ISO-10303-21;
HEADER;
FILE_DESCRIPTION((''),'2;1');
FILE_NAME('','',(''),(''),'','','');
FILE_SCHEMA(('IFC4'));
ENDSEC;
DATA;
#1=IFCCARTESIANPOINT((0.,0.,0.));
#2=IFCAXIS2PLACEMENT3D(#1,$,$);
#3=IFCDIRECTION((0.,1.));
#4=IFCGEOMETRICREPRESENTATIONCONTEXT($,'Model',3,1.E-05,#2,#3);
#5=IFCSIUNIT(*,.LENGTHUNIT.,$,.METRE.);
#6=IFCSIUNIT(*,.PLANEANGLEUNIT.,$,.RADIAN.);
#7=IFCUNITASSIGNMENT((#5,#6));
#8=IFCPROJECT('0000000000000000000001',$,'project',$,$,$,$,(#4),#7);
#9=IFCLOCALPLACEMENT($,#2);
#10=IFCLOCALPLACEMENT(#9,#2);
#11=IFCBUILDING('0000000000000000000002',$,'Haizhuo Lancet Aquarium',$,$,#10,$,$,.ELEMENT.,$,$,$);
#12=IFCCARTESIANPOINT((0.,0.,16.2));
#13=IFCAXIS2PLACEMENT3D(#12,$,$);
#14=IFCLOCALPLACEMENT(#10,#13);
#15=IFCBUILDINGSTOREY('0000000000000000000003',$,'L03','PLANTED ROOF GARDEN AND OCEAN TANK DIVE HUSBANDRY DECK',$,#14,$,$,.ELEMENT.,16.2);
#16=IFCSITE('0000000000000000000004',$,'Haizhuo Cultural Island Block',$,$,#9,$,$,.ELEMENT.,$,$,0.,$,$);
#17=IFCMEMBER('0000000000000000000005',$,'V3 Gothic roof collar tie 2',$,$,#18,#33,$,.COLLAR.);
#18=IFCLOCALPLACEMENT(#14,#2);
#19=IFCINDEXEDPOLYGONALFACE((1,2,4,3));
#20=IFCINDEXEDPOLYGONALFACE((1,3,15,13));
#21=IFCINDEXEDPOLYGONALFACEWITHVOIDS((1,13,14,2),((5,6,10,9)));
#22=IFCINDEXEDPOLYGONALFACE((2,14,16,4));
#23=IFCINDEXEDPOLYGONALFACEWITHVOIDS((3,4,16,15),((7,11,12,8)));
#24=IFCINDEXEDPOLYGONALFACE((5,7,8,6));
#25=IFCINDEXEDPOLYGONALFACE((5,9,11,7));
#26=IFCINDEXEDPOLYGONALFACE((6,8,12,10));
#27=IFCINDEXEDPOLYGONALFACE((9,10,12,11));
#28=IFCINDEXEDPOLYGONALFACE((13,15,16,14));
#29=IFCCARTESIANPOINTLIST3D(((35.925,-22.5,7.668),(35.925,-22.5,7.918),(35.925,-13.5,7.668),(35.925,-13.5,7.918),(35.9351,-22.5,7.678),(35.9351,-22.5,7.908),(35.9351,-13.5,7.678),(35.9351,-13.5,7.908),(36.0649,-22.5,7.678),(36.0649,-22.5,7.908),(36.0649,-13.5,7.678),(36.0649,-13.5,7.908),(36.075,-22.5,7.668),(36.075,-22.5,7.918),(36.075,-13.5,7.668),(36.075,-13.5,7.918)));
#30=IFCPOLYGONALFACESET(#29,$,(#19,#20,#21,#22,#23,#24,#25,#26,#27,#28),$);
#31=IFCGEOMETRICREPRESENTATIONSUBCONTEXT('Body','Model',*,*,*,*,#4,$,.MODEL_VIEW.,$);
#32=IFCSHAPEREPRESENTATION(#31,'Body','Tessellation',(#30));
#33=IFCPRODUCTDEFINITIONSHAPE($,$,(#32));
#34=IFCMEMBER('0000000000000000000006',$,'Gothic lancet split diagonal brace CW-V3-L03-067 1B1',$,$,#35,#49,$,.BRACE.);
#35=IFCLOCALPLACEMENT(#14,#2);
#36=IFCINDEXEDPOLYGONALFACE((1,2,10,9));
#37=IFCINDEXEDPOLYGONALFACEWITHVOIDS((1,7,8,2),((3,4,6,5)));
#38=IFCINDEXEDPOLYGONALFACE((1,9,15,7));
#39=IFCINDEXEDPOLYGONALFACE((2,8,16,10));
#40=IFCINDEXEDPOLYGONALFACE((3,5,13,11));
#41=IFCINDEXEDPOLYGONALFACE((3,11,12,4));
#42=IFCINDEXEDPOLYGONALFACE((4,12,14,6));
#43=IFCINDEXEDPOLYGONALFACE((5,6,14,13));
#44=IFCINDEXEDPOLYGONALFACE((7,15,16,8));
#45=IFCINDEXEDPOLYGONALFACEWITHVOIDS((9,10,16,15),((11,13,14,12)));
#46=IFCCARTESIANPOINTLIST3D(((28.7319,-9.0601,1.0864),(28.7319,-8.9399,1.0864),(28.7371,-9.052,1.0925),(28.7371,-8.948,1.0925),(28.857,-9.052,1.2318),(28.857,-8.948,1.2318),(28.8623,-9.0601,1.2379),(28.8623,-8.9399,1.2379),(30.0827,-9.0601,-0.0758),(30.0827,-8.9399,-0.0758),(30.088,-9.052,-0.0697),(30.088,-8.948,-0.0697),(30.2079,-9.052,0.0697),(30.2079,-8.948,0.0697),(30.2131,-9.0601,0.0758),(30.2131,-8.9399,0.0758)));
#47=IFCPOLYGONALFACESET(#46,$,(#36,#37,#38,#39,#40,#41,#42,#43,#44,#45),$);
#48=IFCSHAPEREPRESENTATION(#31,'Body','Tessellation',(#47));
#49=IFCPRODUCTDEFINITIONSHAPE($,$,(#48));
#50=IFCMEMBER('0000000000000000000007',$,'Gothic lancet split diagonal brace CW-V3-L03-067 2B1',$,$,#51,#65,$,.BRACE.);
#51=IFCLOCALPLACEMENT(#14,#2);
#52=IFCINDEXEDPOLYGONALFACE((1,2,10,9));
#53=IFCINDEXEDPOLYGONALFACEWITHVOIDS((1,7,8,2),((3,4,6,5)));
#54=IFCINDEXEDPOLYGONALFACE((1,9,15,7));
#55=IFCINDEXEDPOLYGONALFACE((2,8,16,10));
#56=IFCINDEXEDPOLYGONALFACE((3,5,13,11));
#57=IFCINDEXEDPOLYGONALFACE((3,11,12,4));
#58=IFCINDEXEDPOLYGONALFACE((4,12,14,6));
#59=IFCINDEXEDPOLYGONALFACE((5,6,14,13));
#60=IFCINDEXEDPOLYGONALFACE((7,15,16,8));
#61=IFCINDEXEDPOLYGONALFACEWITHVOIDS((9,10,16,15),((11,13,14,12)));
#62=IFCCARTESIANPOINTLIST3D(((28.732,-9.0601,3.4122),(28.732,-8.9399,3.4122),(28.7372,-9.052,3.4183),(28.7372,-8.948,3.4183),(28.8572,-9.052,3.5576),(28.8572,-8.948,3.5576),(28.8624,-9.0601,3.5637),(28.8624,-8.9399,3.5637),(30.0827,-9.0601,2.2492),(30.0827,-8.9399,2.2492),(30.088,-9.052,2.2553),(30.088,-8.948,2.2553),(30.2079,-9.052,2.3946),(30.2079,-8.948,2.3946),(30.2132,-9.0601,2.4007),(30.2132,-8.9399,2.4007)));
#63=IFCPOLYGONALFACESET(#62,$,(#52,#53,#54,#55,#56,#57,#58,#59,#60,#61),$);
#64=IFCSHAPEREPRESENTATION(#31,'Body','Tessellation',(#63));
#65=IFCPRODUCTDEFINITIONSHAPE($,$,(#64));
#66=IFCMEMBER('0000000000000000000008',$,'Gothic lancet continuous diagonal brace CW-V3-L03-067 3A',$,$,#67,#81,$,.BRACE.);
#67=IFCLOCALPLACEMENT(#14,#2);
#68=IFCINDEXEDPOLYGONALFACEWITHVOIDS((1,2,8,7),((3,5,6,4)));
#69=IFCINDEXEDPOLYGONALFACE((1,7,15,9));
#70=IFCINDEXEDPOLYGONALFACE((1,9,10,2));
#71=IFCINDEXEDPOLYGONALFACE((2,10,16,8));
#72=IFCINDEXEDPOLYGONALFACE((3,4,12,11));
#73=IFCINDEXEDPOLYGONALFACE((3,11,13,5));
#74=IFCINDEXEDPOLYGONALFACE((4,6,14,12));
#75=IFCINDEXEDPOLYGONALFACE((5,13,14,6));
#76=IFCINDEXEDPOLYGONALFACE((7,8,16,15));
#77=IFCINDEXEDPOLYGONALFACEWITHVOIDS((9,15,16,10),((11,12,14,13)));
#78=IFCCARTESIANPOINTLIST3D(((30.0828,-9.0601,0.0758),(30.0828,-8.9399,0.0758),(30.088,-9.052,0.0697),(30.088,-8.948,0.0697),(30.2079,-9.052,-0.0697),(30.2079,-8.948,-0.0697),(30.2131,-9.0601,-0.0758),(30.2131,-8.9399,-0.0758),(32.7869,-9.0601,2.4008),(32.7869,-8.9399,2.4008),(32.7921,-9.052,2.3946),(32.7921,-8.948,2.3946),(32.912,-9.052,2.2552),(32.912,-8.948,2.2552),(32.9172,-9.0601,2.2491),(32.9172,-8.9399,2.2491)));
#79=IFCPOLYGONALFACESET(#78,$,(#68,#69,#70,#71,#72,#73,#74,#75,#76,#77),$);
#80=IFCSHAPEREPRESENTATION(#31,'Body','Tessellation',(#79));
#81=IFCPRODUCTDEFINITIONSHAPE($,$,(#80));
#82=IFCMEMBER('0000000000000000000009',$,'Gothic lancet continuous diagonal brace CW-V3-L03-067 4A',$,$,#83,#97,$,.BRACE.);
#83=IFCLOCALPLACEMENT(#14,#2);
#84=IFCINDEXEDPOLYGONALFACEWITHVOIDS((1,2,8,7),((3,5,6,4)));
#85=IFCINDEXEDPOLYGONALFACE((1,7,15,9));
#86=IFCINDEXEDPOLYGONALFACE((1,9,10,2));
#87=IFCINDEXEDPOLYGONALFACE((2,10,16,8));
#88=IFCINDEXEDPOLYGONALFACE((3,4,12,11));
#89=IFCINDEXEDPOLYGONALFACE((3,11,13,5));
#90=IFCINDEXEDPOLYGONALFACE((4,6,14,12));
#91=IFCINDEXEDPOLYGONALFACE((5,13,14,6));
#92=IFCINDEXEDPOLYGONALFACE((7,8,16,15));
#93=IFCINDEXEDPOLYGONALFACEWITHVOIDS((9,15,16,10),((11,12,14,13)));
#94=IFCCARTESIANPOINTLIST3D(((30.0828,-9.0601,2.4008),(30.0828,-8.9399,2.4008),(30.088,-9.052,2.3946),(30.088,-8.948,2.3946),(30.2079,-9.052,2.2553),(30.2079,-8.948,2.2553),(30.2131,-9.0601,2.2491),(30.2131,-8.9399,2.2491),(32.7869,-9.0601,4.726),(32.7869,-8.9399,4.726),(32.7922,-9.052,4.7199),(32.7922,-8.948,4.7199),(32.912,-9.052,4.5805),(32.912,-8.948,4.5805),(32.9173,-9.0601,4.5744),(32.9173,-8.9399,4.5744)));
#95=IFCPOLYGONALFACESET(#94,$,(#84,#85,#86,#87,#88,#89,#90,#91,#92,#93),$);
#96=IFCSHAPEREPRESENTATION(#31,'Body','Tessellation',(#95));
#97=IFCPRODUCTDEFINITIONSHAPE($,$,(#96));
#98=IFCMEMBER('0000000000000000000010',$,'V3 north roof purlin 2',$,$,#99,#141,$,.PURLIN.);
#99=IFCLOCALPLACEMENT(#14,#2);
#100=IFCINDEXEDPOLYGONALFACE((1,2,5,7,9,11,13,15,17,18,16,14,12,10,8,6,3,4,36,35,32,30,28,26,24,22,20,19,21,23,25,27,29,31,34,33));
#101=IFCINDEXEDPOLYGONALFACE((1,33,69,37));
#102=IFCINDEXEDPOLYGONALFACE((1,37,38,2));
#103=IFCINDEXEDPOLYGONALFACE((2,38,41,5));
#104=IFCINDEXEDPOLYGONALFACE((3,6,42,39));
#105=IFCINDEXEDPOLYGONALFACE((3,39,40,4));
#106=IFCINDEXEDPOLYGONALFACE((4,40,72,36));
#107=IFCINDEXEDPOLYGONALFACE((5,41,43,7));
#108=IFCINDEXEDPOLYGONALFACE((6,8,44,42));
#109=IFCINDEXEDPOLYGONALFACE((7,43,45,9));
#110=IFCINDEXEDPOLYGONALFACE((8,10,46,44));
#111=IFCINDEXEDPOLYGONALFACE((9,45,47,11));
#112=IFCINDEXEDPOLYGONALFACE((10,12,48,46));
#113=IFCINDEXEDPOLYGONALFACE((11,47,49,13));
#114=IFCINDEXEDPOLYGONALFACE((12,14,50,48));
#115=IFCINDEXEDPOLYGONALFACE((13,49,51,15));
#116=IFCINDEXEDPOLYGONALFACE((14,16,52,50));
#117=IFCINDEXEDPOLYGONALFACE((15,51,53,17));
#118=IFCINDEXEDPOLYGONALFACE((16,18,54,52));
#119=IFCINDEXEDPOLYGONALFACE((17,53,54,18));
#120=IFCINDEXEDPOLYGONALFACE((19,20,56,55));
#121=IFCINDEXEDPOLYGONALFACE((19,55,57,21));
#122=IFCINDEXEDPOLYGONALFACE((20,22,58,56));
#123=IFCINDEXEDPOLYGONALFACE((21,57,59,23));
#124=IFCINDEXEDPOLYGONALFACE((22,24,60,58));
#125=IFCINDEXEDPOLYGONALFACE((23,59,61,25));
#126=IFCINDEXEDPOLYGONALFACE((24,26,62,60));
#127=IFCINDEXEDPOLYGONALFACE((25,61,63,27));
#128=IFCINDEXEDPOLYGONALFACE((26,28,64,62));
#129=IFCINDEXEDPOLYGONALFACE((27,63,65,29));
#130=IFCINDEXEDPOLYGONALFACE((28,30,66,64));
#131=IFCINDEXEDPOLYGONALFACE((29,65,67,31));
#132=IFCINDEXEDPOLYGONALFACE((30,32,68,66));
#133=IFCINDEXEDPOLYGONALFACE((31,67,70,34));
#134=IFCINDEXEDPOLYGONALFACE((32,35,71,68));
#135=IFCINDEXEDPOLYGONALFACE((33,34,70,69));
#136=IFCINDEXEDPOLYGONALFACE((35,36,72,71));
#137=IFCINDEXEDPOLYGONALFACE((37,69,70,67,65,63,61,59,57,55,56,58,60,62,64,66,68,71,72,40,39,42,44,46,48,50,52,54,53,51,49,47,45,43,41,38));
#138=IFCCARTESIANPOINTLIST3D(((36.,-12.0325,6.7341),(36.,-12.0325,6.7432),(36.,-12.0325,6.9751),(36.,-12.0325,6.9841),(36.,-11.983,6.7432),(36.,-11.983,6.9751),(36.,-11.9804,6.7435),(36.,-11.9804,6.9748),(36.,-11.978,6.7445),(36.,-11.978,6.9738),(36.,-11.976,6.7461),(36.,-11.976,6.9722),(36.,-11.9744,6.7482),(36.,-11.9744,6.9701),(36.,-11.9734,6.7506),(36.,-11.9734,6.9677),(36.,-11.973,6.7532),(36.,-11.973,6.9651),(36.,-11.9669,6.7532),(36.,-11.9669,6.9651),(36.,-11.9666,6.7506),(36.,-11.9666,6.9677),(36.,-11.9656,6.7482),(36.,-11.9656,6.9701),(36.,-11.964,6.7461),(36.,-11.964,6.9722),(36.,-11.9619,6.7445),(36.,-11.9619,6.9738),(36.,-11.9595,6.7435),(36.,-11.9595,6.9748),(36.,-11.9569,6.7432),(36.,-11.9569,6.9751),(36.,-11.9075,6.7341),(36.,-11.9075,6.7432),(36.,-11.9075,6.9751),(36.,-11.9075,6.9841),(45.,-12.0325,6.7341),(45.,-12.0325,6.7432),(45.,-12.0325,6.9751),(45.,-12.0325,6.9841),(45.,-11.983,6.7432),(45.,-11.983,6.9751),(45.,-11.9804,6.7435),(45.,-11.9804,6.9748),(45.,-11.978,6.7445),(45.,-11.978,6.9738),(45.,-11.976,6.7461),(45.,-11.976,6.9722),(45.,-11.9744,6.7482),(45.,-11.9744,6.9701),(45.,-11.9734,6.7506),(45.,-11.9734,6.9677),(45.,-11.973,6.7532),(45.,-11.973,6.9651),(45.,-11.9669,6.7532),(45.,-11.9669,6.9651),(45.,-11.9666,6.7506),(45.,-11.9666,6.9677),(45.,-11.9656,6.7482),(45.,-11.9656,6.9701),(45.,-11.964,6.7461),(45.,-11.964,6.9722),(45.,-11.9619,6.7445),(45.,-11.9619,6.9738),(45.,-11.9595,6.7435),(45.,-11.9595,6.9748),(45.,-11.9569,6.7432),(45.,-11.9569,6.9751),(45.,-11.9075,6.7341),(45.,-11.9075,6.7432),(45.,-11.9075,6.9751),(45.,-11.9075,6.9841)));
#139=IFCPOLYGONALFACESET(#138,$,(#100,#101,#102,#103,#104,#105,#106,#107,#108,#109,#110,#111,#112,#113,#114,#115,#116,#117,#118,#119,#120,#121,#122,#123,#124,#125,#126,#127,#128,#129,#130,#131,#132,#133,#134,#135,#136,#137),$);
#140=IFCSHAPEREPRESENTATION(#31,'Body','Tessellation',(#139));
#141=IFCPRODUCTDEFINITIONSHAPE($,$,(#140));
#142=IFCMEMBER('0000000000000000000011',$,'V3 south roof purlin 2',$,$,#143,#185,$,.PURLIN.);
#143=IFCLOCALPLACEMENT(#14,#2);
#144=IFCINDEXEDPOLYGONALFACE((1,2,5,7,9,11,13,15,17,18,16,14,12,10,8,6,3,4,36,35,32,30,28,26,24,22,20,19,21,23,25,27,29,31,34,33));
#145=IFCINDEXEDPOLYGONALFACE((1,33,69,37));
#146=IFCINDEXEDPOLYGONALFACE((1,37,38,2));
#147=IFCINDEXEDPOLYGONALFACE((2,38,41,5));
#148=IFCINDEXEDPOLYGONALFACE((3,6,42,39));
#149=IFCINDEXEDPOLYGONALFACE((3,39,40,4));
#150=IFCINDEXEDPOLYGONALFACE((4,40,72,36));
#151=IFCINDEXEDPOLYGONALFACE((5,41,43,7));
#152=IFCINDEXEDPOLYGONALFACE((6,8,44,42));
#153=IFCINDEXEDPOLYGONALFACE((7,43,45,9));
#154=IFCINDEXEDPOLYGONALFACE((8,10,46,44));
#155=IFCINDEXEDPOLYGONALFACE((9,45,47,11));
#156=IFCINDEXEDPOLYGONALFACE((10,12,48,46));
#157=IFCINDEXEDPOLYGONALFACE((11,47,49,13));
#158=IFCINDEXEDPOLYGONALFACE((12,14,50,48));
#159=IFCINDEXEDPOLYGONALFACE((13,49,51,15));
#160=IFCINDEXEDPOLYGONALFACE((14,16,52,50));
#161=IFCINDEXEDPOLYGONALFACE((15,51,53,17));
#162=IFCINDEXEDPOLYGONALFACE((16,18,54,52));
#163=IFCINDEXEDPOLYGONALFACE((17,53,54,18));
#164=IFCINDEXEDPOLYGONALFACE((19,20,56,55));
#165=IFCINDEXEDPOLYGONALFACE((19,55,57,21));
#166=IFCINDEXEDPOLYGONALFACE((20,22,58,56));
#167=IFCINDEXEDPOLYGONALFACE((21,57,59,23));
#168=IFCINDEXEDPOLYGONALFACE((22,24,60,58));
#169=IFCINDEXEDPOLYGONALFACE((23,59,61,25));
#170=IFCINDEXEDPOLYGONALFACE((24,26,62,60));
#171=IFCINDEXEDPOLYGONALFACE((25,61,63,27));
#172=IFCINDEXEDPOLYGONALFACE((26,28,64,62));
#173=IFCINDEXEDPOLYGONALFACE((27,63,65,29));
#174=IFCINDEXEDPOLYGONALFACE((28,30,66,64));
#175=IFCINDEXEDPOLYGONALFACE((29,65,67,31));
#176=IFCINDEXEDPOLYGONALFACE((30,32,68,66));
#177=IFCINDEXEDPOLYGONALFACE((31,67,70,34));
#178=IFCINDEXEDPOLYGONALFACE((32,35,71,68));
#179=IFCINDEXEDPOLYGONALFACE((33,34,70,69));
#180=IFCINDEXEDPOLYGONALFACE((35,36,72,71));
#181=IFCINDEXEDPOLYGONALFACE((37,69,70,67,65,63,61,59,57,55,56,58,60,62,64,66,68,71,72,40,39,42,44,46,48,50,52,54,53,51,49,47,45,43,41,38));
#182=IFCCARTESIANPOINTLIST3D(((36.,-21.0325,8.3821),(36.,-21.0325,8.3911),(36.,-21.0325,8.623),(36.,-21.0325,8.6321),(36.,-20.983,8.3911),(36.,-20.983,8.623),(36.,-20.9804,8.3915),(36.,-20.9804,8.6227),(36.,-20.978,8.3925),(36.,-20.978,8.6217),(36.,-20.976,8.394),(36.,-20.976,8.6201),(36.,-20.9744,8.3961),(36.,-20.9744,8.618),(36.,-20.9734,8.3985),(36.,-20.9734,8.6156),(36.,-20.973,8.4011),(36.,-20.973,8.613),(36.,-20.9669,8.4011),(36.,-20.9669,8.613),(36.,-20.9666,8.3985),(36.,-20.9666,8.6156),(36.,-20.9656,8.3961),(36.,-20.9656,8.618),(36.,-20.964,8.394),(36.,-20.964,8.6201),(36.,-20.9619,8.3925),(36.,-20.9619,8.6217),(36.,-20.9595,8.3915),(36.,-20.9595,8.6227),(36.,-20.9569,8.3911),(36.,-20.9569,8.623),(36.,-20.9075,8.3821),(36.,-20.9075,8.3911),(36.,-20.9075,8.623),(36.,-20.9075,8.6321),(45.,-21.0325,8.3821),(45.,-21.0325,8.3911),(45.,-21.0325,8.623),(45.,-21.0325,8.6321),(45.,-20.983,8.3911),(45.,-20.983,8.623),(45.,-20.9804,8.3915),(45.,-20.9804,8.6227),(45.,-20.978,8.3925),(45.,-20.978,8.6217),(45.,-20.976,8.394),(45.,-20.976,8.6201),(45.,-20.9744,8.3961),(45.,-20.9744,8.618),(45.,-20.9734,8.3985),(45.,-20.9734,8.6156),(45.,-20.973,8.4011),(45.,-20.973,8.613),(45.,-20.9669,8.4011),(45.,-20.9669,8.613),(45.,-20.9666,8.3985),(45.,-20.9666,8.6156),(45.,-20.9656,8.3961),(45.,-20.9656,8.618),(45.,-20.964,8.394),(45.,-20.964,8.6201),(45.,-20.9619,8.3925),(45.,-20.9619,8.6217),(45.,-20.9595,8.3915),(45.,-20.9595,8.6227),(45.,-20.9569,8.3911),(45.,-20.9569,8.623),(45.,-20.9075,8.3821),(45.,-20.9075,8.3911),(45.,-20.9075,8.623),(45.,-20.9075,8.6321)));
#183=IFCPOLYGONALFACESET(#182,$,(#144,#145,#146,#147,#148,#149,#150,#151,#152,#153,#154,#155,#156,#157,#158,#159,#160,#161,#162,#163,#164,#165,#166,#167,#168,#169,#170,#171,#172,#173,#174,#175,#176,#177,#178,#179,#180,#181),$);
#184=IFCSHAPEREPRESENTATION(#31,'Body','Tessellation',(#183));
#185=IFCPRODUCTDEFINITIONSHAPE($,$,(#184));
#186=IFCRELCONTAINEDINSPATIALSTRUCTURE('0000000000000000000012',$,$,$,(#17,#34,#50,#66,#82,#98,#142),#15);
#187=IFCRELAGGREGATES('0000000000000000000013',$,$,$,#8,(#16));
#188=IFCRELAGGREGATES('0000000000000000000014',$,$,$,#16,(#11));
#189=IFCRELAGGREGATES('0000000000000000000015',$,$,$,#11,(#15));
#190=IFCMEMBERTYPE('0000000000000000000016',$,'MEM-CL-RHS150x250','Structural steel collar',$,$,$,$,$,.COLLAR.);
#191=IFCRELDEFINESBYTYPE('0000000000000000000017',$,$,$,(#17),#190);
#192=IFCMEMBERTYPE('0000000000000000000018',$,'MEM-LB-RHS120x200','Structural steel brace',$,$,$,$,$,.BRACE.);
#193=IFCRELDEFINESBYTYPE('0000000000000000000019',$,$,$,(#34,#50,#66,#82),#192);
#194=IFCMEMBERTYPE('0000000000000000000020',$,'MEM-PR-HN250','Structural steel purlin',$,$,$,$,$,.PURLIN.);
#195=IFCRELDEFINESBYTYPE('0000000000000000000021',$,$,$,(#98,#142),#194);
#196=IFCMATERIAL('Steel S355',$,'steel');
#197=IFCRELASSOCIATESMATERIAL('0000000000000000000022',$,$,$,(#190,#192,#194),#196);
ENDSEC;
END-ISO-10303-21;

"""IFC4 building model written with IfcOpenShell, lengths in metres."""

from ifc_helpers import new_model, si_unit, direction, frame, origin, origin_2d, place, context, subcontext, project, spatial, hollow_rectangle, i_section, extrude, material, material_profile, profile_set, type_object, element, save


model = new_model("IFC4")

# Units and contexts
model_context = context("Model", 3, precision=1e-05, world=origin(), true_north=direction((0.0, 1.0)))
body_context = subcontext(model_context, "Body", "Model", "MODEL_VIEW")
ifc_project = project(units=[si_unit("LENGTHUNIT", "METRE"), si_unit("PLANEANGLEUNIT", "RADIAN")], contexts=[model_context])

# Site, building, storey
site_placement = place(None, origin())
site = spatial("IfcSite", under=ifc_project, at=site_placement, Name="Haizhuo Cultural Island Block", CompositionType="ELEMENT", RefElevation=0.0)
building_placement = place(site_placement, origin())
building = spatial("IfcBuilding", under=site, at=building_placement, Name="Haizhuo Lancet Aquarium", CompositionType="ELEMENT")
storey_placement = place(building_placement, frame((0.0, 0.0, 16.2)))
storey = spatial("IfcBuildingStorey", under=building, at=storey_placement, Name="L03", Description="PLANTED ROOF GARDEN AND OCEAN TANK DIVE HUSBANDRY DECK", CompositionType="ELEMENT", Elevation=16.2)

# Members
ifc_material_1 = material(Name="Steel S355", Category="steel")
ifc_material_profile_1 = material_profile(ifc_material_1, hollow_rectangle(XDim=0.1499, YDim=0.25, WallThickness=0.01, at=origin_2d()), Name="RHS 150x250x10")
ifc_profile_set_1 = profile_set([ifc_material_profile_1], Name="Steel S355")
member_type_1 = type_object("IfcMemberType", Name="MEM-CL-RHS150x250", Description="Structural steel collar", PredefinedType="COLLAR", material=ifc_profile_set_1)
member_1_placement = place(storey_placement, frame((36.0, -22.5, 7.793), z_axis=(0.0, 1.0, 0.0), x_axis=(-1.0, 0.0, 0.0)))
element("IfcMember", 1, at=member_1_placement, inside=storey, type_object=member_type_1, Name="V3 Gothic roof collar tie 2", PredefinedType="COLLAR", context=body_context, shape_type="SweptSolid", body=[
    extrude(hollow_rectangle(XDim=0.1499, YDim=0.25, WallThickness=0.01, at=origin_2d()), origin(), (0.0, 0.0, 1.0), 9.0),
])
ifc_material_profile_2 = material_profile(ifc_material_1, hollow_rectangle(XDim=0.1201, YDim=0.2, WallThickness=0.0081, at=origin_2d()), Name="RHS 120x200x8")
ifc_profile_set_2 = profile_set([ifc_material_profile_2], Name="Steel S355")
member_type_2 = type_object("IfcMemberType", Name="MEM-LB-RHS120x200", Description="Structural steel brace", PredefinedType="BRACE", material=ifc_profile_set_2)
member_2_placement = place(storey_placement, frame((30.1479, -9.0, 0.0), z_axis=(-0.758075, 0.0, 0.652167), x_axis=(0.0, -1.0, 0.0)))
element("IfcMember", 2, at=member_2_placement, inside=storey, type_object=member_type_2, Name="Gothic lancet split diagonal brace CW-V3-L03-067 1B1", PredefinedType="BRACE", context=body_context, shape_type="SweptSolid", body=[
    extrude(hollow_rectangle(XDim=0.1201, YDim=0.2, WallThickness=0.0081, at=origin_2d()), origin(), (0.0, 0.0, 1.0), 1.782),
])
member_3_placement = place(storey_placement, frame((30.1479, -9.0, 2.325), z_axis=(-0.757805, 0.0, 0.652482), x_axis=(0.0, -1.0, 0.0)))
element("IfcMember", 3, at=member_3_placement, inside=storey, type_object=member_type_2, Name="Gothic lancet split diagonal brace CW-V3-L03-067 2B1", PredefinedType="BRACE", context=body_context, shape_type="SweptSolid", body=[
    extrude(hollow_rectangle(XDim=0.1201, YDim=0.2, WallThickness=0.0081, at=origin_2d()), origin(), (0.0, 0.0, 1.0), 1.7825),
])
member_4_placement = place(storey_placement, frame((30.1479, -9.0, 0.0), z_axis=(0.758265, 0.0, 0.651946), x_axis=(0.0, 1.0, 0.0)))
element("IfcMember", 4, at=member_4_placement, inside=storey, type_object=member_type_2, Name="Gothic lancet continuous diagonal brace CW-V3-L03-067 3A", PredefinedType="BRACE", context=body_context, shape_type="SweptSolid", body=[
    extrude(hollow_rectangle(XDim=0.1201, YDim=0.2, WallThickness=0.0081, at=origin_2d()), origin(), (0.0, 0.0, 1.0), 3.5662),
])
member_5_placement = place(storey_placement, frame((30.1479, -9.0, 2.325), z_axis=(0.758231, 0.0, 0.651986), x_axis=(0.0, 1.0, 0.0)))
element("IfcMember", 5, at=member_5_placement, inside=storey, type_object=member_type_2, Name="Gothic lancet continuous diagonal brace CW-V3-L03-067 4A", PredefinedType="BRACE", context=body_context, shape_type="SweptSolid", body=[
    extrude(hollow_rectangle(XDim=0.1201, YDim=0.2, WallThickness=0.0081, at=origin_2d()), origin(), (0.0, 0.0, 1.0), 3.5664),
])
ifc_material_profile_3 = material_profile(ifc_material_1, i_section(OverallWidth=0.125, OverallDepth=0.25, WebThickness=0.0061, FlangeThickness=0.009, FilletRadius=0.01, at=origin_2d()), Name="HN 250x125x6x9")
ifc_profile_set_3 = profile_set([ifc_material_profile_3], Name="Steel S355")
member_type_3 = type_object("IfcMemberType", Name="MEM-PR-HN250", Description="Structural steel purlin", PredefinedType="PURLIN", material=ifc_profile_set_3)
for number, where, z_axis, x_axis, name in (
    (6, (36.0, -11.97, 6.8591), (1.0, 0.0, 0.0), (0.0, 1.0, 0.0), "V3 north roof purlin 2"),
    (7, (36.0, -20.97, 8.5071), (1.0, 0.0, 0.0), (0.0, 1.0, 0.0), "V3 south roof purlin 2"),
):
    element("IfcMember", number, at=place(storey_placement, frame(where, z_axis=z_axis, x_axis=x_axis)), inside=storey, type_object=member_type_3, Name=name, PredefinedType="PURLIN", context=body_context, shape_type="SweptSolid", body=[
        extrude(i_section(OverallWidth=0.125, OverallDepth=0.25, WebThickness=0.0061, FlangeThickness=0.009, FilletRadius=0.01, at=origin_2d()), origin(), (0.0, 0.0, 1.0), 9.0),
    ])

save(model, "model.ifc")
